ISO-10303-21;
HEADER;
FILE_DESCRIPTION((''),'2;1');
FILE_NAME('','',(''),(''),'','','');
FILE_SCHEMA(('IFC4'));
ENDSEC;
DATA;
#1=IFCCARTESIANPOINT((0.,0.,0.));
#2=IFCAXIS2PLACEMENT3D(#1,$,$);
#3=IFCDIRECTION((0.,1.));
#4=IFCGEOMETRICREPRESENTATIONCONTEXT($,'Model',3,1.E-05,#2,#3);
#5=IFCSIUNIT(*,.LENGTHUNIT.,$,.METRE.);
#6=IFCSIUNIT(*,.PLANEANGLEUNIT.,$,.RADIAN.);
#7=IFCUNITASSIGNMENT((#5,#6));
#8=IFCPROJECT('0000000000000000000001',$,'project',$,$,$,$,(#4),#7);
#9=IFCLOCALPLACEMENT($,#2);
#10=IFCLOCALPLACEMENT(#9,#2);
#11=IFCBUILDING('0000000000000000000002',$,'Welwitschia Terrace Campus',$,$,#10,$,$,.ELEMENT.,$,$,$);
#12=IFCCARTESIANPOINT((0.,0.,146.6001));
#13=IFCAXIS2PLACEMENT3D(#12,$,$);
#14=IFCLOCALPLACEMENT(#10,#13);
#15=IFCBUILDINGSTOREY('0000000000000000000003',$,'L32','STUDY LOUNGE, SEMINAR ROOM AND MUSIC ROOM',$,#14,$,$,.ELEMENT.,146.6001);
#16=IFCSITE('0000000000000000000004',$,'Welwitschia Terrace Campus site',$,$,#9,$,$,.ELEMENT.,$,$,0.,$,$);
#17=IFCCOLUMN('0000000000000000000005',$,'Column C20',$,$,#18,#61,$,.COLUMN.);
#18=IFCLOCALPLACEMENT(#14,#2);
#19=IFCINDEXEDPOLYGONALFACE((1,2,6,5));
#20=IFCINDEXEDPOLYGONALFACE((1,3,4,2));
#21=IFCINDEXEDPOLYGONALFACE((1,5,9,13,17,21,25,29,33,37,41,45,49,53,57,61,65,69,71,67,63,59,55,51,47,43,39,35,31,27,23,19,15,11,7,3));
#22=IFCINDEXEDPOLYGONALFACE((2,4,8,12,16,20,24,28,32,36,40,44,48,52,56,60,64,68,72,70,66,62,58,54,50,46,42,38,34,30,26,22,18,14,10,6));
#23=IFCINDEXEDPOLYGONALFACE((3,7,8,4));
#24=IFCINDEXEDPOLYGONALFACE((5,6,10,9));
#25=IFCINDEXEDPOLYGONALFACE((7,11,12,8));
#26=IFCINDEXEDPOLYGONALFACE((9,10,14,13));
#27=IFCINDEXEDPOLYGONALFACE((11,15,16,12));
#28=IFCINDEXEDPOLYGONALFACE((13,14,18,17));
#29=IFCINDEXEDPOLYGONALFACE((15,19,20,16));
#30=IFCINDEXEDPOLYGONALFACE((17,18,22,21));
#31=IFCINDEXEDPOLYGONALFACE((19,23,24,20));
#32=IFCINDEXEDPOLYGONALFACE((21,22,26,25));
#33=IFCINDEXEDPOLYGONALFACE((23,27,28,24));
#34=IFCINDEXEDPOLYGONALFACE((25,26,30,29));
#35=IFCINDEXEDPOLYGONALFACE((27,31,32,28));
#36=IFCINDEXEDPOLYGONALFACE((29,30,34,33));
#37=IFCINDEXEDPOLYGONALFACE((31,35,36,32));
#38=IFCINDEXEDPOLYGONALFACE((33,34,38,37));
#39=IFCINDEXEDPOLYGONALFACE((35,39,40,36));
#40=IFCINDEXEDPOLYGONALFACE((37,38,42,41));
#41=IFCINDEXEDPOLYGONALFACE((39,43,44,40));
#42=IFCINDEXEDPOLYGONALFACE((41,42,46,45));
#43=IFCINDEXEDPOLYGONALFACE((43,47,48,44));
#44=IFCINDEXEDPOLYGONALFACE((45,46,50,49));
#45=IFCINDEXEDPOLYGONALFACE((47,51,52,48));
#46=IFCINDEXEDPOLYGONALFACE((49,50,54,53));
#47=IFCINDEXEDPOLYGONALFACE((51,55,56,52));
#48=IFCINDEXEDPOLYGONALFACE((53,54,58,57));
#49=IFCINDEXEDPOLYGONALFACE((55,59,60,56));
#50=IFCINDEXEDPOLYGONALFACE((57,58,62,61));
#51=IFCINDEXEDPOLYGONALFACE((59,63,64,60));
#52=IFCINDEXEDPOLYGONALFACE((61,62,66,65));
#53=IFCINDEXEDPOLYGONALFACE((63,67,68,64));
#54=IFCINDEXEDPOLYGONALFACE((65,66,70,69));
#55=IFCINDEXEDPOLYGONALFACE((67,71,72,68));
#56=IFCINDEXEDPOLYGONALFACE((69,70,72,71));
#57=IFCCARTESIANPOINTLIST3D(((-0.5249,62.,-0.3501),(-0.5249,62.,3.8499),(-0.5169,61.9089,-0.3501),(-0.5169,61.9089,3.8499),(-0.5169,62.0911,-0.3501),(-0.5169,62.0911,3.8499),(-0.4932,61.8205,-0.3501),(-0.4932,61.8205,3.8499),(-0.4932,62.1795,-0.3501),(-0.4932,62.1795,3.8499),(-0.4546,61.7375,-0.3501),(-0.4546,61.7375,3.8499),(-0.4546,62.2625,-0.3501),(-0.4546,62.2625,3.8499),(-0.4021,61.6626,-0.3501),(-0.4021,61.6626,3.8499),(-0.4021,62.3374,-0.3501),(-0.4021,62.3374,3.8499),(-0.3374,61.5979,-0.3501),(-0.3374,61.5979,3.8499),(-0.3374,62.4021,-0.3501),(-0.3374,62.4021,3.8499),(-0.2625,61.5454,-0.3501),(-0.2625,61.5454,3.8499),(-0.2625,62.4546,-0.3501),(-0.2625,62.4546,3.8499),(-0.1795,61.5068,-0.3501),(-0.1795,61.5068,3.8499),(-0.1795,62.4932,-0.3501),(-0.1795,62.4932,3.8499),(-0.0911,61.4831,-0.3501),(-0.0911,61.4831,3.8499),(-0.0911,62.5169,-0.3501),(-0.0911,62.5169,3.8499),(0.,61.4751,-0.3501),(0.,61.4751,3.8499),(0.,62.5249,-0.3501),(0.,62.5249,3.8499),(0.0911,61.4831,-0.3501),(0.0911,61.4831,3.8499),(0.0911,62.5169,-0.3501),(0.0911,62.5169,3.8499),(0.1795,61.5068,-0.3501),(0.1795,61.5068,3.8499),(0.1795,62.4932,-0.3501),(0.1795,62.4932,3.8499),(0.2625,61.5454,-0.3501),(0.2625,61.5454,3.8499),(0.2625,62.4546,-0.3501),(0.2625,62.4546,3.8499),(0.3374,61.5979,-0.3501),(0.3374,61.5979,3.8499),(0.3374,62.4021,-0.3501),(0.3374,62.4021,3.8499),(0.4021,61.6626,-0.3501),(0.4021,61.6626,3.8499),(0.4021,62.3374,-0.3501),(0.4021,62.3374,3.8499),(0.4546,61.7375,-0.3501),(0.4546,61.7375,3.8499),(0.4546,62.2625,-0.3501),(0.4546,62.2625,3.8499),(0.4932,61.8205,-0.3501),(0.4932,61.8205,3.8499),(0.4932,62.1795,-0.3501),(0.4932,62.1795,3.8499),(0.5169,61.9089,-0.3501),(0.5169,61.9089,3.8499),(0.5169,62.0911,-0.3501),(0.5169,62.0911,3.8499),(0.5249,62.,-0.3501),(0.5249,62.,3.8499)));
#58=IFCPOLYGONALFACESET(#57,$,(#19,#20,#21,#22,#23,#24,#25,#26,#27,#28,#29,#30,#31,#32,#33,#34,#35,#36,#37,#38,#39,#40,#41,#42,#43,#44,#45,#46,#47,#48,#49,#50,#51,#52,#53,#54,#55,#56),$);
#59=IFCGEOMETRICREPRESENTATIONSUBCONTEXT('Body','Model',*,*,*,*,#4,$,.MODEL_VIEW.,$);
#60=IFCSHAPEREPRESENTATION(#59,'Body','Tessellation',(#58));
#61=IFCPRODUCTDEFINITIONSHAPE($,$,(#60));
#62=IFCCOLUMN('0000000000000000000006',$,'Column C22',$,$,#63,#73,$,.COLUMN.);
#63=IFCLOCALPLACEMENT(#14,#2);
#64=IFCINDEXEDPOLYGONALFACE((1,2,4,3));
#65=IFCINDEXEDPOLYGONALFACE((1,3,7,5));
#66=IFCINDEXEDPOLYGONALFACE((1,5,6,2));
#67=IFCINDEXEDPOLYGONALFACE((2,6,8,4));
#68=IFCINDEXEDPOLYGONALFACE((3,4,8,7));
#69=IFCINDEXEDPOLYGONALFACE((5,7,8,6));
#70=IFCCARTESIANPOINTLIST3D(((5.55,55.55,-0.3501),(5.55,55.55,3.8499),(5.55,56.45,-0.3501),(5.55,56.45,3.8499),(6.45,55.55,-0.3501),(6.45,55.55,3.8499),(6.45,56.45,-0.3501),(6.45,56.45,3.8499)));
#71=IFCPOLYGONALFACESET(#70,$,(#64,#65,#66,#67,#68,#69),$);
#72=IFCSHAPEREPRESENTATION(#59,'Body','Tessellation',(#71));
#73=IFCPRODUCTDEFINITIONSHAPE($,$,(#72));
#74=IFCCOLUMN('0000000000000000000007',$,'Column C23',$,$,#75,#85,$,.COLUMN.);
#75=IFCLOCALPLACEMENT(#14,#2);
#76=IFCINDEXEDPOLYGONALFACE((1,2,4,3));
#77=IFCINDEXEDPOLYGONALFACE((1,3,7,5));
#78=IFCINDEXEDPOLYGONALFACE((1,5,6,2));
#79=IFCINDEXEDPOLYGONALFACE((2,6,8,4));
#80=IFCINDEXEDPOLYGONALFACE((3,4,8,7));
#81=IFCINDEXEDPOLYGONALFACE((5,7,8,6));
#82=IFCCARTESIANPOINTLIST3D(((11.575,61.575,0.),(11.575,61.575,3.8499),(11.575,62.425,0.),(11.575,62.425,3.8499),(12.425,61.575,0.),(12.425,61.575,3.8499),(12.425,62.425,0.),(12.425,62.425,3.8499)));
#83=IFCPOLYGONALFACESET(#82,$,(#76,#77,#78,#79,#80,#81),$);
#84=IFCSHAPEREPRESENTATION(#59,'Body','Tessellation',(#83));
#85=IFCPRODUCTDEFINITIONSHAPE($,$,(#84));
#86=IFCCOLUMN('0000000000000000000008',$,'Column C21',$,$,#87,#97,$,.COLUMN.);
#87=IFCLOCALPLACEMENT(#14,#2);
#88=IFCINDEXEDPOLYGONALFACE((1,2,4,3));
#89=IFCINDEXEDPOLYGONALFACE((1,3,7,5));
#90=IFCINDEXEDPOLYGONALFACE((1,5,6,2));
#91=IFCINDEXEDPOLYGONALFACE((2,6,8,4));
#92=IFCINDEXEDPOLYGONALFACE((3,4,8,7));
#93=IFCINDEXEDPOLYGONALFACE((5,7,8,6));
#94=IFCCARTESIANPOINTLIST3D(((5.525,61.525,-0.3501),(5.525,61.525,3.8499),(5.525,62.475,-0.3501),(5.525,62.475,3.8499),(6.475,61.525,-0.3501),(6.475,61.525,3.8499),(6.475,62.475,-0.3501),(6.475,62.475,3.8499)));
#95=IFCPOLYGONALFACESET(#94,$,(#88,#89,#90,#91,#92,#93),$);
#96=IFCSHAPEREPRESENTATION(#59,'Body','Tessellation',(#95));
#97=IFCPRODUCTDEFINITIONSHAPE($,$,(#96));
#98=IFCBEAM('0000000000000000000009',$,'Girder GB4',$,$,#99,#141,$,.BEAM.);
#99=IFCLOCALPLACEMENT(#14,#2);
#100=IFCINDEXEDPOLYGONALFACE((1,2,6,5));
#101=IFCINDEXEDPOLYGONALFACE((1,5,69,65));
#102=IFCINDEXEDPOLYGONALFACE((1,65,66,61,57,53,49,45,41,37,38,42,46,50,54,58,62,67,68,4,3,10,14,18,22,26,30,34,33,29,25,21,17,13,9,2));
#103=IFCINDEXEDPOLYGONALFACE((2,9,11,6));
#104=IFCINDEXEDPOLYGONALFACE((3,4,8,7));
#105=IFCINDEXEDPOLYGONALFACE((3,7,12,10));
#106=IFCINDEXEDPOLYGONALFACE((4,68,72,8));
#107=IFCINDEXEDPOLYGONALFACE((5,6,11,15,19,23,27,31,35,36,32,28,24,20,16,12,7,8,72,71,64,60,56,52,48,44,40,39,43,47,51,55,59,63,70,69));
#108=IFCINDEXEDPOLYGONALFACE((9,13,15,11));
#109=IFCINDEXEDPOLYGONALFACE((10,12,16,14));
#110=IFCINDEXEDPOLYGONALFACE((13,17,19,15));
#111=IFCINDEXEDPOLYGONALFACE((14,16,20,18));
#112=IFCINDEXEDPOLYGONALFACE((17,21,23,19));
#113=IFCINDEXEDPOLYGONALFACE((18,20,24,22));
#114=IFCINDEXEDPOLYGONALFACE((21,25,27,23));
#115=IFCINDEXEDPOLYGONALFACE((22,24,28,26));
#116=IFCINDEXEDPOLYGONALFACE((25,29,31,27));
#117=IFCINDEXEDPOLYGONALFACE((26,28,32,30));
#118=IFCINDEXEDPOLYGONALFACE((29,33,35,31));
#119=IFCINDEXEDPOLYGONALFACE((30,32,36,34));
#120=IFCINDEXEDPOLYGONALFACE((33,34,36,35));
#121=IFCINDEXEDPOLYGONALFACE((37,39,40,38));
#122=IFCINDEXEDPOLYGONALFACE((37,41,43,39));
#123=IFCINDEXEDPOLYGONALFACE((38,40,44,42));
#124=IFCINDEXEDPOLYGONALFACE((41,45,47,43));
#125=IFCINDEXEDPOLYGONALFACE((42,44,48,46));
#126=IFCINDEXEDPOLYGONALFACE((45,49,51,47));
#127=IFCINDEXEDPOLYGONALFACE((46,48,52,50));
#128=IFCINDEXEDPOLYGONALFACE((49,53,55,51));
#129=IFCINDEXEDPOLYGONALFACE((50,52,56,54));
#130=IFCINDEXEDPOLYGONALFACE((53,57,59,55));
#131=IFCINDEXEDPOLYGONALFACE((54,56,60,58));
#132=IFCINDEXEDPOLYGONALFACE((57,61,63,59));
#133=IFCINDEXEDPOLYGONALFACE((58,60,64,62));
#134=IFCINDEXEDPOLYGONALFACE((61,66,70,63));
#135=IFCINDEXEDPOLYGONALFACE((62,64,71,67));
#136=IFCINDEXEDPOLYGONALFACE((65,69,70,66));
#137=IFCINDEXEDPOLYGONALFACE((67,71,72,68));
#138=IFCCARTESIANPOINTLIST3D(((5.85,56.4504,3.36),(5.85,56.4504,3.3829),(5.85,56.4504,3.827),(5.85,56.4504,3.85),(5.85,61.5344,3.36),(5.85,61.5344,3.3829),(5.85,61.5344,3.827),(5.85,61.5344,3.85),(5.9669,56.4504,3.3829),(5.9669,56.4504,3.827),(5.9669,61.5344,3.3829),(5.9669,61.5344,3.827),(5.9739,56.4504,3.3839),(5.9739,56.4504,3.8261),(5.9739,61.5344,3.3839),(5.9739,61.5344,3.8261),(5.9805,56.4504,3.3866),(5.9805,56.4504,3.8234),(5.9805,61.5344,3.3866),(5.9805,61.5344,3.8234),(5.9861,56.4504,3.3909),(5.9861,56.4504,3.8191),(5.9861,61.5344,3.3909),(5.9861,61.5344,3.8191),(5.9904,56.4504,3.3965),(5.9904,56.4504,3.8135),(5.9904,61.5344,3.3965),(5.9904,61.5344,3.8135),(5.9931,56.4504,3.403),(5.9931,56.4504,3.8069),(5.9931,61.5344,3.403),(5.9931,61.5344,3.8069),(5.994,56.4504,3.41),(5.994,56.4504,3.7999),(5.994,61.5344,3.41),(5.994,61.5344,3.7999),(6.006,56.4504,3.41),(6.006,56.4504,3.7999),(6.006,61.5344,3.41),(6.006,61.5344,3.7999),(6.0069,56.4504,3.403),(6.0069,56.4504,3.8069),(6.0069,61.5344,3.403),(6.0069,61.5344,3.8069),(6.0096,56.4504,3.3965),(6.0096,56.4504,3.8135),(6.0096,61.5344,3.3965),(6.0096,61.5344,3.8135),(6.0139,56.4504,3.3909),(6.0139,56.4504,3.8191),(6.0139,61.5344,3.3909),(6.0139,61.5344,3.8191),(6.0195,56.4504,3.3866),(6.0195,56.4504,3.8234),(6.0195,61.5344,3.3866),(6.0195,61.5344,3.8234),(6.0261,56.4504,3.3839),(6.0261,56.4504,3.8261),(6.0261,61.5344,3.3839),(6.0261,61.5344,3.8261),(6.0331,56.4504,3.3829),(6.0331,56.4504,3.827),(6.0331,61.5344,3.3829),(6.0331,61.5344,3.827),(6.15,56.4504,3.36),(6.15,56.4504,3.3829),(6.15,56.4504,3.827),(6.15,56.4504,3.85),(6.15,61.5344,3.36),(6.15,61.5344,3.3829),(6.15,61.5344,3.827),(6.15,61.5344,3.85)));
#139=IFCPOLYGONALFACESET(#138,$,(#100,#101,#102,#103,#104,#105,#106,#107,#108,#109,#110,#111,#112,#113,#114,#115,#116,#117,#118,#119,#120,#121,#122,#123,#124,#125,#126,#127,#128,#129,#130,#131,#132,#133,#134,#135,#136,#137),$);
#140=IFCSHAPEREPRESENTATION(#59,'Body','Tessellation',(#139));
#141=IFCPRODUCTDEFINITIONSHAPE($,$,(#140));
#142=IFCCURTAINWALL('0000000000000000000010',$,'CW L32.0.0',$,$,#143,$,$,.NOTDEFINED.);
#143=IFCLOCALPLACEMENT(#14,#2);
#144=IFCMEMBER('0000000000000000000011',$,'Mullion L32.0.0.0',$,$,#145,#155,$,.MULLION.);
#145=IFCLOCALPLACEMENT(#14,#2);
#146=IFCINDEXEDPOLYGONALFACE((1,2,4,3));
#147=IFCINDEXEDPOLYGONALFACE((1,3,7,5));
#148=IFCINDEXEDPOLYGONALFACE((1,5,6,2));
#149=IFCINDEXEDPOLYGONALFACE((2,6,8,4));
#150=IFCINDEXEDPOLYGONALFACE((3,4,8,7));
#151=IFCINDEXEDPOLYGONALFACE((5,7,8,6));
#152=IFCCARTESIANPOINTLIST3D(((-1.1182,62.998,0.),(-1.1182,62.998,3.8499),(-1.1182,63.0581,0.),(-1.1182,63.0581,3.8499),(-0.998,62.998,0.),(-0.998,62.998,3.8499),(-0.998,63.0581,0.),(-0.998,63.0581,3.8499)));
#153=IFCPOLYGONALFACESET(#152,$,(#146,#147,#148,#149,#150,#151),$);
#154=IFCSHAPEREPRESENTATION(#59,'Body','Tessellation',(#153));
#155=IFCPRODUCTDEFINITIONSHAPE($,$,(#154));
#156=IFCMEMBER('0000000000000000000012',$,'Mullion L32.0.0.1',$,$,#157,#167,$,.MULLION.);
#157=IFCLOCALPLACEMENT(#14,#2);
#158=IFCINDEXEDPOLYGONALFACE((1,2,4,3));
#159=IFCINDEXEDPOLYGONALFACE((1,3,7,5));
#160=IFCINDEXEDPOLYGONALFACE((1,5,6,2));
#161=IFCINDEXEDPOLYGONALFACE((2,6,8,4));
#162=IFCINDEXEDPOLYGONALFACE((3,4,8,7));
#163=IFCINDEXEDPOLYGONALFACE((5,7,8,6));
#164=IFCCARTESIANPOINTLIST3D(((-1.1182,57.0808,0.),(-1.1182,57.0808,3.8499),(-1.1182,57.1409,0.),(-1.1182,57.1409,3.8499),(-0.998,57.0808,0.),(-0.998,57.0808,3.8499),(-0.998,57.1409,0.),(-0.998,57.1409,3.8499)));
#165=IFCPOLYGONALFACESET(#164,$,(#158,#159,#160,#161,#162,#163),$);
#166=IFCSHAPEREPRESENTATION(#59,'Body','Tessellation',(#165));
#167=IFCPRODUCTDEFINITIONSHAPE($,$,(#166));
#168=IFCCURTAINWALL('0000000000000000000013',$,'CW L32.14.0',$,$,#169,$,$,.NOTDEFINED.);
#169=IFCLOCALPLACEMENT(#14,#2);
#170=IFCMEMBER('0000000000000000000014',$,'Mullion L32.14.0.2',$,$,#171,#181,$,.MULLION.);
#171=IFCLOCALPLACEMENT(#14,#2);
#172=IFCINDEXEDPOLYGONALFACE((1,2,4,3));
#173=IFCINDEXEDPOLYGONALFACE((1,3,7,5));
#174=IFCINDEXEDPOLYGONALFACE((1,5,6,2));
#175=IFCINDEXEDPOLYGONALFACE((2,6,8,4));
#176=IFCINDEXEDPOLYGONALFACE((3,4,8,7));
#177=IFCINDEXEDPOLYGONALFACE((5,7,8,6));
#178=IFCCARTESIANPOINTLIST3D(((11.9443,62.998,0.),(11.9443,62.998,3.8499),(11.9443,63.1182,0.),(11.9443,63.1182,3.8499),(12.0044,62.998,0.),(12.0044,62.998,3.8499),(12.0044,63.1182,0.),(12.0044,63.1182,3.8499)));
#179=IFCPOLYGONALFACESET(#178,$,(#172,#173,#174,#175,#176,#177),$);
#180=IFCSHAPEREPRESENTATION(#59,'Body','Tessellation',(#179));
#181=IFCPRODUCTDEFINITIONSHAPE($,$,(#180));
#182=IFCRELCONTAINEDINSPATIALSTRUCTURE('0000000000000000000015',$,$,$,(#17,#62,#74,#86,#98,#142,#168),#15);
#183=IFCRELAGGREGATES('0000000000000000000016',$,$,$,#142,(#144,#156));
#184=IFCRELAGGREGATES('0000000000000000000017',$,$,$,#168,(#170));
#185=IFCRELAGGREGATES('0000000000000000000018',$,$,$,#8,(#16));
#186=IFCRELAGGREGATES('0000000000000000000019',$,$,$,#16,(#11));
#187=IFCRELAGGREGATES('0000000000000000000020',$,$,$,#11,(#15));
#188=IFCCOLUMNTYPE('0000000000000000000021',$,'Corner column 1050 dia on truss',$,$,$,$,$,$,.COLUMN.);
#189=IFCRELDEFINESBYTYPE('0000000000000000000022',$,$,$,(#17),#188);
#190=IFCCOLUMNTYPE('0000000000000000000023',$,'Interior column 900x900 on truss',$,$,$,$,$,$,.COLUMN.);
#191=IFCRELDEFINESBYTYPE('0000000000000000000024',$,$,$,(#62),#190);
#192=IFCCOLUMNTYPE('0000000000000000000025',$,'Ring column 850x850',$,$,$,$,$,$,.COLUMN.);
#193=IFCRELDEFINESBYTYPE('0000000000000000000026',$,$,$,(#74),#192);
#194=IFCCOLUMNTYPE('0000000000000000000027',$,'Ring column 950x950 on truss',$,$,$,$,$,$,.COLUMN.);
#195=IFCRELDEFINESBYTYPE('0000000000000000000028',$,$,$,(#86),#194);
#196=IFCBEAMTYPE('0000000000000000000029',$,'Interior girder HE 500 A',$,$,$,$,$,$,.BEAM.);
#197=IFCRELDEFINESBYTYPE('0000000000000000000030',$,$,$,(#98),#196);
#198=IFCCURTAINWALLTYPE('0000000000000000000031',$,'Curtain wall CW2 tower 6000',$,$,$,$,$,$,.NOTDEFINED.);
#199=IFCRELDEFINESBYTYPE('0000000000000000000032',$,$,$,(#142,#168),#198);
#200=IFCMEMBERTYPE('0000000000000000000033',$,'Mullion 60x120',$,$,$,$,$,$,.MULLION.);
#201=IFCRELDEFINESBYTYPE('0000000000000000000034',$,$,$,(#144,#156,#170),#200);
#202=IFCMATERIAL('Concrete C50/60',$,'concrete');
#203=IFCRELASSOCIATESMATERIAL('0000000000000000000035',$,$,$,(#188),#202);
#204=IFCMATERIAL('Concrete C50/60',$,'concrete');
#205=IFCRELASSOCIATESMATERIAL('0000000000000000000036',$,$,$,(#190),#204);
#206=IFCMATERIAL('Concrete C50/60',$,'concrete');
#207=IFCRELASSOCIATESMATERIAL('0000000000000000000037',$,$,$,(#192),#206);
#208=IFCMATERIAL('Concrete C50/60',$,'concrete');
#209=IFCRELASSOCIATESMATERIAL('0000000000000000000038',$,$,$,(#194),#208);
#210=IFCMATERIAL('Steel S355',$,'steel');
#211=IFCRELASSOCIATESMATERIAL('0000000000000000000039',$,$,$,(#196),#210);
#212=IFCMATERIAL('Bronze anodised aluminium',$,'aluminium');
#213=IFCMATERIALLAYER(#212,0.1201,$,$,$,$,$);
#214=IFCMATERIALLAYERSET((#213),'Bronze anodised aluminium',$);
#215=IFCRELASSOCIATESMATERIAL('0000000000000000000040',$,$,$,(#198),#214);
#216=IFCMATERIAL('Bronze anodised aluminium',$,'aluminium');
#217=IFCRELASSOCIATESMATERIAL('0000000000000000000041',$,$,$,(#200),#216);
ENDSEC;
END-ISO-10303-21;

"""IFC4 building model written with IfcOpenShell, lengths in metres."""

from ifc_helpers import new_model, si_unit, direction, frame, origin, origin_2d, place, context, subcontext, project, spatial, rectangle, circle, i_section, extrude, material, layer, layer_set, material_profile, profile_set, type_object, element, aggregate, save


model = new_model("IFC4")

# Units and contexts
model_context = context("Model", 3, precision=1e-05, world=origin(), true_north=direction((0.0, 1.0)))
body_context = subcontext(model_context, "Body", "Model", "MODEL_VIEW")
ifc_project = project(units=[si_unit("LENGTHUNIT", "METRE"), si_unit("PLANEANGLEUNIT", "RADIAN")], contexts=[model_context])

# Site, building, storey
site_placement = place(None, origin())
site = spatial("IfcSite", under=ifc_project, at=site_placement, Name="Welwitschia Terrace Campus site", CompositionType="ELEMENT", RefElevation=0.0)
building_placement = place(site_placement, origin())
building = spatial("IfcBuilding", under=site, at=building_placement, Name="Welwitschia Terrace Campus", CompositionType="ELEMENT")
storey_placement = place(building_placement, frame((0.0, 0.0, 146.6001)))
storey = spatial("IfcBuildingStorey", under=building, at=storey_placement, Name="L32", Description="STUDY LOUNGE, SEMINAR ROOM AND MUSIC ROOM", CompositionType="ELEMENT", Elevation=146.6001)

# Columns
ifc_material_1 = material(Name="Concrete C50/60", Category="concrete")
ifc_material_profile_1 = material_profile(ifc_material_1, circle(Radius=0.5249, at=origin_2d()))
ifc_profile_set_1 = profile_set([ifc_material_profile_1], Name="Concrete C50/60")
column_type_1 = type_object("IfcColumnType", Name="Corner column 1050 dia on truss", PredefinedType="COLUMN", material=ifc_profile_set_1)
column_1_placement = place(storey_placement, frame((0.0, 62.0, -0.3501), z_axis=(0.0, 0.0, 1.0), x_axis=(1.0, 0.0, 0.0)))
element("IfcColumn", 1, at=column_1_placement, inside=storey, type_object=column_type_1, Name="Column C20", PredefinedType="COLUMN", context=body_context, shape_type="SweptSolid", body=[
    extrude(circle(Radius=0.5249, at=origin_2d()), origin(), (0.0, 0.0, 1.0), 4.2),
])
ifc_material_2 = material(Name="Concrete C50/60", Category="concrete")
ifc_material_profile_2 = material_profile(ifc_material_2, rectangle(XDim=0.8999, YDim=0.8999, at=origin_2d()))
ifc_profile_set_2 = profile_set([ifc_material_profile_2], Name="Concrete C50/60")
column_type_2 = type_object("IfcColumnType", Name="Interior column 900x900 on truss", PredefinedType="COLUMN", material=ifc_profile_set_2)
column_2_placement = place(storey_placement, frame((6.0, 56.0, -0.3501), z_axis=(0.0, 0.0, 1.0), x_axis=(1.0, 0.0, 0.0)))
element("IfcColumn", 2, at=column_2_placement, inside=storey, type_object=column_type_2, Name="Column C22", PredefinedType="COLUMN", context=body_context, shape_type="SweptSolid", body=[
    extrude(rectangle(XDim=0.8999, YDim=0.8999, at=origin_2d()), origin(), (0.0, 0.0, 1.0), 4.2),
])
ifc_material_3 = material(Name="Concrete C50/60", Category="concrete")
ifc_material_profile_3 = material_profile(ifc_material_3, rectangle(XDim=0.8501, YDim=0.8501, at=origin_2d()))
ifc_profile_set_3 = profile_set([ifc_material_profile_3], Name="Concrete C50/60")
column_type_3 = type_object("IfcColumnType", Name="Ring column 850x850", PredefinedType="COLUMN", material=ifc_profile_set_3)
column_3_placement = place(storey_placement, frame((12.0, 62.0, 0.0), z_axis=(0.0, 0.0, 1.0), x_axis=(1.0, 0.0, 0.0)))
element("IfcColumn", 3, at=column_3_placement, inside=storey, type_object=column_type_3, Name="Column C23", PredefinedType="COLUMN", context=body_context, shape_type="SweptSolid", body=[
    extrude(rectangle(XDim=0.8501, YDim=0.8501, at=origin_2d()), origin(), (0.0, 0.0, 1.0), 3.8499),
])
ifc_material_4 = material(Name="Concrete C50/60", Category="concrete")
ifc_material_profile_4 = material_profile(ifc_material_4, rectangle(XDim=0.95, YDim=0.95, at=origin_2d()))
ifc_profile_set_4 = profile_set([ifc_material_profile_4], Name="Concrete C50/60")
column_type_4 = type_object("IfcColumnType", Name="Ring column 950x950 on truss", PredefinedType="COLUMN", material=ifc_profile_set_4)
column_4_placement = place(storey_placement, frame((6.0, 62.0, -0.3501), z_axis=(0.0, 0.0, 1.0), x_axis=(1.0, 0.0, 0.0)))
element("IfcColumn", 4, at=column_4_placement, inside=storey, type_object=column_type_4, Name="Column C21", PredefinedType="COLUMN", context=body_context, shape_type="SweptSolid", body=[
    extrude(rectangle(XDim=0.95, YDim=0.95, at=origin_2d()), origin(), (0.0, 0.0, 1.0), 4.2),
])

# Beam
ifc_material_5 = material(Name="Steel S355", Category="steel")
ifc_material_profile_5 = material_profile(ifc_material_5, i_section(OverallWidth=0.3, OverallDepth=0.49, WebThickness=0.012, FlangeThickness=0.0229, FilletRadius=0.0271, at=origin_2d()))
ifc_profile_set_5 = profile_set([ifc_material_profile_5], Name="Steel S355")
beam_type_1 = type_object("IfcBeamType", Name="Interior girder HE 500 A", PredefinedType="BEAM", material=ifc_profile_set_5)
beam_1_placement = place(storey_placement, frame((6.0, 56.4504, 3.605), z_axis=(0.0, 1.0, 0.0), x_axis=(-1.0, 0.0, 0.0)))
element("IfcBeam", 5, at=beam_1_placement, inside=storey, type_object=beam_type_1, Name="Girder GB4", PredefinedType="BEAM", context=body_context, shape_type="SweptSolid", body=[
    extrude(i_section(OverallWidth=0.3, OverallDepth=0.49, WebThickness=0.012, FlangeThickness=0.0229, FilletRadius=0.0271, at=origin_2d()), origin(), (0.0, 0.0, 1.0), 5.084),
])

# Curtain walls, members
ifc_material_6 = material(Name="Bronze anodised aluminium", Category="aluminium")
ifc_layer_1 = layer(ifc_material_6, 0.1201)
ifc_layer_set_1 = layer_set([ifc_layer_1], Name="Bronze anodised aluminium")
curtain_wall_type = type_object("IfcCurtainWallType", Name="Curtain wall CW2 tower 6000", PredefinedType="NOTDEFINED", material=ifc_layer_set_1)
curtain_wall_1_placement = place(storey_placement, origin())
curtain_wall_1 = element("IfcCurtainWall", 6, at=curtain_wall_1_placement, inside=storey, type_object=curtain_wall_type, Name="CW L32.0.0", PredefinedType="NOTDEFINED")
ifc_material_7 = material(Name="Bronze anodised aluminium", Category="aluminium")
ifc_material_profile_6 = material_profile(ifc_material_7, rectangle(XDim=0.1201, YDim=0.0601, at=origin_2d()))
ifc_profile_set_6 = profile_set([ifc_material_profile_6], Name="Bronze anodised aluminium")
member_type_1 = type_object("IfcMemberType", Name="Mullion 60x120", PredefinedType="MULLION", material=ifc_profile_set_6)
member_1_placement = place(storey_placement, frame((-1.0581, 63.0281, 0.0), z_axis=(0.0, 0.0, 1.0), x_axis=(1.0, 0.0, 0.0)))
member_1 = element("IfcMember", 7, at=member_1_placement, type_object=member_type_1, Name="Mullion L32.0.0.0", PredefinedType="MULLION", context=body_context, shape_type="SweptSolid", body=[
    extrude(rectangle(XDim=0.1201, YDim=0.0601, at=origin_2d()), origin(), (0.0, 0.0, 1.0), 3.8499),
])
member_2_placement = place(storey_placement, frame((-1.0581, 57.1108, 0.0), z_axis=(0.0, 0.0, 1.0), x_axis=(1.0, 0.0, 0.0)))
member_2 = element("IfcMember", 8, at=member_2_placement, type_object=member_type_1, Name="Mullion L32.0.0.1", PredefinedType="MULLION", context=body_context, shape_type="SweptSolid", body=[
    extrude(rectangle(XDim=0.1201, YDim=0.0601, at=origin_2d()), origin(), (0.0, 0.0, 1.0), 3.8499),
])
curtain_wall_2_placement = place(storey_placement, origin())
curtain_wall_2 = element("IfcCurtainWall", 9, at=curtain_wall_2_placement, inside=storey, type_object=curtain_wall_type, Name="CW L32.14.0", PredefinedType="NOTDEFINED")
member_3_placement = place(storey_placement, frame((11.9744, 63.0581, 0.0), z_axis=(0.0, 0.0, 1.0), x_axis=(0.0, -1.0, 0.0)))
member_3 = element("IfcMember", 10, at=member_3_placement, type_object=member_type_1, Name="Mullion L32.14.0.2", PredefinedType="MULLION", context=body_context, shape_type="SweptSolid", body=[
    extrude(rectangle(XDim=0.1201, YDim=0.0601, at=origin_2d()), origin(), (0.0, 0.0, 1.0), 3.8499),
])

aggregate(curtain_wall_1, [member_1, member_2])
aggregate(curtain_wall_2, [member_3])

save(model, "model.ifc")
